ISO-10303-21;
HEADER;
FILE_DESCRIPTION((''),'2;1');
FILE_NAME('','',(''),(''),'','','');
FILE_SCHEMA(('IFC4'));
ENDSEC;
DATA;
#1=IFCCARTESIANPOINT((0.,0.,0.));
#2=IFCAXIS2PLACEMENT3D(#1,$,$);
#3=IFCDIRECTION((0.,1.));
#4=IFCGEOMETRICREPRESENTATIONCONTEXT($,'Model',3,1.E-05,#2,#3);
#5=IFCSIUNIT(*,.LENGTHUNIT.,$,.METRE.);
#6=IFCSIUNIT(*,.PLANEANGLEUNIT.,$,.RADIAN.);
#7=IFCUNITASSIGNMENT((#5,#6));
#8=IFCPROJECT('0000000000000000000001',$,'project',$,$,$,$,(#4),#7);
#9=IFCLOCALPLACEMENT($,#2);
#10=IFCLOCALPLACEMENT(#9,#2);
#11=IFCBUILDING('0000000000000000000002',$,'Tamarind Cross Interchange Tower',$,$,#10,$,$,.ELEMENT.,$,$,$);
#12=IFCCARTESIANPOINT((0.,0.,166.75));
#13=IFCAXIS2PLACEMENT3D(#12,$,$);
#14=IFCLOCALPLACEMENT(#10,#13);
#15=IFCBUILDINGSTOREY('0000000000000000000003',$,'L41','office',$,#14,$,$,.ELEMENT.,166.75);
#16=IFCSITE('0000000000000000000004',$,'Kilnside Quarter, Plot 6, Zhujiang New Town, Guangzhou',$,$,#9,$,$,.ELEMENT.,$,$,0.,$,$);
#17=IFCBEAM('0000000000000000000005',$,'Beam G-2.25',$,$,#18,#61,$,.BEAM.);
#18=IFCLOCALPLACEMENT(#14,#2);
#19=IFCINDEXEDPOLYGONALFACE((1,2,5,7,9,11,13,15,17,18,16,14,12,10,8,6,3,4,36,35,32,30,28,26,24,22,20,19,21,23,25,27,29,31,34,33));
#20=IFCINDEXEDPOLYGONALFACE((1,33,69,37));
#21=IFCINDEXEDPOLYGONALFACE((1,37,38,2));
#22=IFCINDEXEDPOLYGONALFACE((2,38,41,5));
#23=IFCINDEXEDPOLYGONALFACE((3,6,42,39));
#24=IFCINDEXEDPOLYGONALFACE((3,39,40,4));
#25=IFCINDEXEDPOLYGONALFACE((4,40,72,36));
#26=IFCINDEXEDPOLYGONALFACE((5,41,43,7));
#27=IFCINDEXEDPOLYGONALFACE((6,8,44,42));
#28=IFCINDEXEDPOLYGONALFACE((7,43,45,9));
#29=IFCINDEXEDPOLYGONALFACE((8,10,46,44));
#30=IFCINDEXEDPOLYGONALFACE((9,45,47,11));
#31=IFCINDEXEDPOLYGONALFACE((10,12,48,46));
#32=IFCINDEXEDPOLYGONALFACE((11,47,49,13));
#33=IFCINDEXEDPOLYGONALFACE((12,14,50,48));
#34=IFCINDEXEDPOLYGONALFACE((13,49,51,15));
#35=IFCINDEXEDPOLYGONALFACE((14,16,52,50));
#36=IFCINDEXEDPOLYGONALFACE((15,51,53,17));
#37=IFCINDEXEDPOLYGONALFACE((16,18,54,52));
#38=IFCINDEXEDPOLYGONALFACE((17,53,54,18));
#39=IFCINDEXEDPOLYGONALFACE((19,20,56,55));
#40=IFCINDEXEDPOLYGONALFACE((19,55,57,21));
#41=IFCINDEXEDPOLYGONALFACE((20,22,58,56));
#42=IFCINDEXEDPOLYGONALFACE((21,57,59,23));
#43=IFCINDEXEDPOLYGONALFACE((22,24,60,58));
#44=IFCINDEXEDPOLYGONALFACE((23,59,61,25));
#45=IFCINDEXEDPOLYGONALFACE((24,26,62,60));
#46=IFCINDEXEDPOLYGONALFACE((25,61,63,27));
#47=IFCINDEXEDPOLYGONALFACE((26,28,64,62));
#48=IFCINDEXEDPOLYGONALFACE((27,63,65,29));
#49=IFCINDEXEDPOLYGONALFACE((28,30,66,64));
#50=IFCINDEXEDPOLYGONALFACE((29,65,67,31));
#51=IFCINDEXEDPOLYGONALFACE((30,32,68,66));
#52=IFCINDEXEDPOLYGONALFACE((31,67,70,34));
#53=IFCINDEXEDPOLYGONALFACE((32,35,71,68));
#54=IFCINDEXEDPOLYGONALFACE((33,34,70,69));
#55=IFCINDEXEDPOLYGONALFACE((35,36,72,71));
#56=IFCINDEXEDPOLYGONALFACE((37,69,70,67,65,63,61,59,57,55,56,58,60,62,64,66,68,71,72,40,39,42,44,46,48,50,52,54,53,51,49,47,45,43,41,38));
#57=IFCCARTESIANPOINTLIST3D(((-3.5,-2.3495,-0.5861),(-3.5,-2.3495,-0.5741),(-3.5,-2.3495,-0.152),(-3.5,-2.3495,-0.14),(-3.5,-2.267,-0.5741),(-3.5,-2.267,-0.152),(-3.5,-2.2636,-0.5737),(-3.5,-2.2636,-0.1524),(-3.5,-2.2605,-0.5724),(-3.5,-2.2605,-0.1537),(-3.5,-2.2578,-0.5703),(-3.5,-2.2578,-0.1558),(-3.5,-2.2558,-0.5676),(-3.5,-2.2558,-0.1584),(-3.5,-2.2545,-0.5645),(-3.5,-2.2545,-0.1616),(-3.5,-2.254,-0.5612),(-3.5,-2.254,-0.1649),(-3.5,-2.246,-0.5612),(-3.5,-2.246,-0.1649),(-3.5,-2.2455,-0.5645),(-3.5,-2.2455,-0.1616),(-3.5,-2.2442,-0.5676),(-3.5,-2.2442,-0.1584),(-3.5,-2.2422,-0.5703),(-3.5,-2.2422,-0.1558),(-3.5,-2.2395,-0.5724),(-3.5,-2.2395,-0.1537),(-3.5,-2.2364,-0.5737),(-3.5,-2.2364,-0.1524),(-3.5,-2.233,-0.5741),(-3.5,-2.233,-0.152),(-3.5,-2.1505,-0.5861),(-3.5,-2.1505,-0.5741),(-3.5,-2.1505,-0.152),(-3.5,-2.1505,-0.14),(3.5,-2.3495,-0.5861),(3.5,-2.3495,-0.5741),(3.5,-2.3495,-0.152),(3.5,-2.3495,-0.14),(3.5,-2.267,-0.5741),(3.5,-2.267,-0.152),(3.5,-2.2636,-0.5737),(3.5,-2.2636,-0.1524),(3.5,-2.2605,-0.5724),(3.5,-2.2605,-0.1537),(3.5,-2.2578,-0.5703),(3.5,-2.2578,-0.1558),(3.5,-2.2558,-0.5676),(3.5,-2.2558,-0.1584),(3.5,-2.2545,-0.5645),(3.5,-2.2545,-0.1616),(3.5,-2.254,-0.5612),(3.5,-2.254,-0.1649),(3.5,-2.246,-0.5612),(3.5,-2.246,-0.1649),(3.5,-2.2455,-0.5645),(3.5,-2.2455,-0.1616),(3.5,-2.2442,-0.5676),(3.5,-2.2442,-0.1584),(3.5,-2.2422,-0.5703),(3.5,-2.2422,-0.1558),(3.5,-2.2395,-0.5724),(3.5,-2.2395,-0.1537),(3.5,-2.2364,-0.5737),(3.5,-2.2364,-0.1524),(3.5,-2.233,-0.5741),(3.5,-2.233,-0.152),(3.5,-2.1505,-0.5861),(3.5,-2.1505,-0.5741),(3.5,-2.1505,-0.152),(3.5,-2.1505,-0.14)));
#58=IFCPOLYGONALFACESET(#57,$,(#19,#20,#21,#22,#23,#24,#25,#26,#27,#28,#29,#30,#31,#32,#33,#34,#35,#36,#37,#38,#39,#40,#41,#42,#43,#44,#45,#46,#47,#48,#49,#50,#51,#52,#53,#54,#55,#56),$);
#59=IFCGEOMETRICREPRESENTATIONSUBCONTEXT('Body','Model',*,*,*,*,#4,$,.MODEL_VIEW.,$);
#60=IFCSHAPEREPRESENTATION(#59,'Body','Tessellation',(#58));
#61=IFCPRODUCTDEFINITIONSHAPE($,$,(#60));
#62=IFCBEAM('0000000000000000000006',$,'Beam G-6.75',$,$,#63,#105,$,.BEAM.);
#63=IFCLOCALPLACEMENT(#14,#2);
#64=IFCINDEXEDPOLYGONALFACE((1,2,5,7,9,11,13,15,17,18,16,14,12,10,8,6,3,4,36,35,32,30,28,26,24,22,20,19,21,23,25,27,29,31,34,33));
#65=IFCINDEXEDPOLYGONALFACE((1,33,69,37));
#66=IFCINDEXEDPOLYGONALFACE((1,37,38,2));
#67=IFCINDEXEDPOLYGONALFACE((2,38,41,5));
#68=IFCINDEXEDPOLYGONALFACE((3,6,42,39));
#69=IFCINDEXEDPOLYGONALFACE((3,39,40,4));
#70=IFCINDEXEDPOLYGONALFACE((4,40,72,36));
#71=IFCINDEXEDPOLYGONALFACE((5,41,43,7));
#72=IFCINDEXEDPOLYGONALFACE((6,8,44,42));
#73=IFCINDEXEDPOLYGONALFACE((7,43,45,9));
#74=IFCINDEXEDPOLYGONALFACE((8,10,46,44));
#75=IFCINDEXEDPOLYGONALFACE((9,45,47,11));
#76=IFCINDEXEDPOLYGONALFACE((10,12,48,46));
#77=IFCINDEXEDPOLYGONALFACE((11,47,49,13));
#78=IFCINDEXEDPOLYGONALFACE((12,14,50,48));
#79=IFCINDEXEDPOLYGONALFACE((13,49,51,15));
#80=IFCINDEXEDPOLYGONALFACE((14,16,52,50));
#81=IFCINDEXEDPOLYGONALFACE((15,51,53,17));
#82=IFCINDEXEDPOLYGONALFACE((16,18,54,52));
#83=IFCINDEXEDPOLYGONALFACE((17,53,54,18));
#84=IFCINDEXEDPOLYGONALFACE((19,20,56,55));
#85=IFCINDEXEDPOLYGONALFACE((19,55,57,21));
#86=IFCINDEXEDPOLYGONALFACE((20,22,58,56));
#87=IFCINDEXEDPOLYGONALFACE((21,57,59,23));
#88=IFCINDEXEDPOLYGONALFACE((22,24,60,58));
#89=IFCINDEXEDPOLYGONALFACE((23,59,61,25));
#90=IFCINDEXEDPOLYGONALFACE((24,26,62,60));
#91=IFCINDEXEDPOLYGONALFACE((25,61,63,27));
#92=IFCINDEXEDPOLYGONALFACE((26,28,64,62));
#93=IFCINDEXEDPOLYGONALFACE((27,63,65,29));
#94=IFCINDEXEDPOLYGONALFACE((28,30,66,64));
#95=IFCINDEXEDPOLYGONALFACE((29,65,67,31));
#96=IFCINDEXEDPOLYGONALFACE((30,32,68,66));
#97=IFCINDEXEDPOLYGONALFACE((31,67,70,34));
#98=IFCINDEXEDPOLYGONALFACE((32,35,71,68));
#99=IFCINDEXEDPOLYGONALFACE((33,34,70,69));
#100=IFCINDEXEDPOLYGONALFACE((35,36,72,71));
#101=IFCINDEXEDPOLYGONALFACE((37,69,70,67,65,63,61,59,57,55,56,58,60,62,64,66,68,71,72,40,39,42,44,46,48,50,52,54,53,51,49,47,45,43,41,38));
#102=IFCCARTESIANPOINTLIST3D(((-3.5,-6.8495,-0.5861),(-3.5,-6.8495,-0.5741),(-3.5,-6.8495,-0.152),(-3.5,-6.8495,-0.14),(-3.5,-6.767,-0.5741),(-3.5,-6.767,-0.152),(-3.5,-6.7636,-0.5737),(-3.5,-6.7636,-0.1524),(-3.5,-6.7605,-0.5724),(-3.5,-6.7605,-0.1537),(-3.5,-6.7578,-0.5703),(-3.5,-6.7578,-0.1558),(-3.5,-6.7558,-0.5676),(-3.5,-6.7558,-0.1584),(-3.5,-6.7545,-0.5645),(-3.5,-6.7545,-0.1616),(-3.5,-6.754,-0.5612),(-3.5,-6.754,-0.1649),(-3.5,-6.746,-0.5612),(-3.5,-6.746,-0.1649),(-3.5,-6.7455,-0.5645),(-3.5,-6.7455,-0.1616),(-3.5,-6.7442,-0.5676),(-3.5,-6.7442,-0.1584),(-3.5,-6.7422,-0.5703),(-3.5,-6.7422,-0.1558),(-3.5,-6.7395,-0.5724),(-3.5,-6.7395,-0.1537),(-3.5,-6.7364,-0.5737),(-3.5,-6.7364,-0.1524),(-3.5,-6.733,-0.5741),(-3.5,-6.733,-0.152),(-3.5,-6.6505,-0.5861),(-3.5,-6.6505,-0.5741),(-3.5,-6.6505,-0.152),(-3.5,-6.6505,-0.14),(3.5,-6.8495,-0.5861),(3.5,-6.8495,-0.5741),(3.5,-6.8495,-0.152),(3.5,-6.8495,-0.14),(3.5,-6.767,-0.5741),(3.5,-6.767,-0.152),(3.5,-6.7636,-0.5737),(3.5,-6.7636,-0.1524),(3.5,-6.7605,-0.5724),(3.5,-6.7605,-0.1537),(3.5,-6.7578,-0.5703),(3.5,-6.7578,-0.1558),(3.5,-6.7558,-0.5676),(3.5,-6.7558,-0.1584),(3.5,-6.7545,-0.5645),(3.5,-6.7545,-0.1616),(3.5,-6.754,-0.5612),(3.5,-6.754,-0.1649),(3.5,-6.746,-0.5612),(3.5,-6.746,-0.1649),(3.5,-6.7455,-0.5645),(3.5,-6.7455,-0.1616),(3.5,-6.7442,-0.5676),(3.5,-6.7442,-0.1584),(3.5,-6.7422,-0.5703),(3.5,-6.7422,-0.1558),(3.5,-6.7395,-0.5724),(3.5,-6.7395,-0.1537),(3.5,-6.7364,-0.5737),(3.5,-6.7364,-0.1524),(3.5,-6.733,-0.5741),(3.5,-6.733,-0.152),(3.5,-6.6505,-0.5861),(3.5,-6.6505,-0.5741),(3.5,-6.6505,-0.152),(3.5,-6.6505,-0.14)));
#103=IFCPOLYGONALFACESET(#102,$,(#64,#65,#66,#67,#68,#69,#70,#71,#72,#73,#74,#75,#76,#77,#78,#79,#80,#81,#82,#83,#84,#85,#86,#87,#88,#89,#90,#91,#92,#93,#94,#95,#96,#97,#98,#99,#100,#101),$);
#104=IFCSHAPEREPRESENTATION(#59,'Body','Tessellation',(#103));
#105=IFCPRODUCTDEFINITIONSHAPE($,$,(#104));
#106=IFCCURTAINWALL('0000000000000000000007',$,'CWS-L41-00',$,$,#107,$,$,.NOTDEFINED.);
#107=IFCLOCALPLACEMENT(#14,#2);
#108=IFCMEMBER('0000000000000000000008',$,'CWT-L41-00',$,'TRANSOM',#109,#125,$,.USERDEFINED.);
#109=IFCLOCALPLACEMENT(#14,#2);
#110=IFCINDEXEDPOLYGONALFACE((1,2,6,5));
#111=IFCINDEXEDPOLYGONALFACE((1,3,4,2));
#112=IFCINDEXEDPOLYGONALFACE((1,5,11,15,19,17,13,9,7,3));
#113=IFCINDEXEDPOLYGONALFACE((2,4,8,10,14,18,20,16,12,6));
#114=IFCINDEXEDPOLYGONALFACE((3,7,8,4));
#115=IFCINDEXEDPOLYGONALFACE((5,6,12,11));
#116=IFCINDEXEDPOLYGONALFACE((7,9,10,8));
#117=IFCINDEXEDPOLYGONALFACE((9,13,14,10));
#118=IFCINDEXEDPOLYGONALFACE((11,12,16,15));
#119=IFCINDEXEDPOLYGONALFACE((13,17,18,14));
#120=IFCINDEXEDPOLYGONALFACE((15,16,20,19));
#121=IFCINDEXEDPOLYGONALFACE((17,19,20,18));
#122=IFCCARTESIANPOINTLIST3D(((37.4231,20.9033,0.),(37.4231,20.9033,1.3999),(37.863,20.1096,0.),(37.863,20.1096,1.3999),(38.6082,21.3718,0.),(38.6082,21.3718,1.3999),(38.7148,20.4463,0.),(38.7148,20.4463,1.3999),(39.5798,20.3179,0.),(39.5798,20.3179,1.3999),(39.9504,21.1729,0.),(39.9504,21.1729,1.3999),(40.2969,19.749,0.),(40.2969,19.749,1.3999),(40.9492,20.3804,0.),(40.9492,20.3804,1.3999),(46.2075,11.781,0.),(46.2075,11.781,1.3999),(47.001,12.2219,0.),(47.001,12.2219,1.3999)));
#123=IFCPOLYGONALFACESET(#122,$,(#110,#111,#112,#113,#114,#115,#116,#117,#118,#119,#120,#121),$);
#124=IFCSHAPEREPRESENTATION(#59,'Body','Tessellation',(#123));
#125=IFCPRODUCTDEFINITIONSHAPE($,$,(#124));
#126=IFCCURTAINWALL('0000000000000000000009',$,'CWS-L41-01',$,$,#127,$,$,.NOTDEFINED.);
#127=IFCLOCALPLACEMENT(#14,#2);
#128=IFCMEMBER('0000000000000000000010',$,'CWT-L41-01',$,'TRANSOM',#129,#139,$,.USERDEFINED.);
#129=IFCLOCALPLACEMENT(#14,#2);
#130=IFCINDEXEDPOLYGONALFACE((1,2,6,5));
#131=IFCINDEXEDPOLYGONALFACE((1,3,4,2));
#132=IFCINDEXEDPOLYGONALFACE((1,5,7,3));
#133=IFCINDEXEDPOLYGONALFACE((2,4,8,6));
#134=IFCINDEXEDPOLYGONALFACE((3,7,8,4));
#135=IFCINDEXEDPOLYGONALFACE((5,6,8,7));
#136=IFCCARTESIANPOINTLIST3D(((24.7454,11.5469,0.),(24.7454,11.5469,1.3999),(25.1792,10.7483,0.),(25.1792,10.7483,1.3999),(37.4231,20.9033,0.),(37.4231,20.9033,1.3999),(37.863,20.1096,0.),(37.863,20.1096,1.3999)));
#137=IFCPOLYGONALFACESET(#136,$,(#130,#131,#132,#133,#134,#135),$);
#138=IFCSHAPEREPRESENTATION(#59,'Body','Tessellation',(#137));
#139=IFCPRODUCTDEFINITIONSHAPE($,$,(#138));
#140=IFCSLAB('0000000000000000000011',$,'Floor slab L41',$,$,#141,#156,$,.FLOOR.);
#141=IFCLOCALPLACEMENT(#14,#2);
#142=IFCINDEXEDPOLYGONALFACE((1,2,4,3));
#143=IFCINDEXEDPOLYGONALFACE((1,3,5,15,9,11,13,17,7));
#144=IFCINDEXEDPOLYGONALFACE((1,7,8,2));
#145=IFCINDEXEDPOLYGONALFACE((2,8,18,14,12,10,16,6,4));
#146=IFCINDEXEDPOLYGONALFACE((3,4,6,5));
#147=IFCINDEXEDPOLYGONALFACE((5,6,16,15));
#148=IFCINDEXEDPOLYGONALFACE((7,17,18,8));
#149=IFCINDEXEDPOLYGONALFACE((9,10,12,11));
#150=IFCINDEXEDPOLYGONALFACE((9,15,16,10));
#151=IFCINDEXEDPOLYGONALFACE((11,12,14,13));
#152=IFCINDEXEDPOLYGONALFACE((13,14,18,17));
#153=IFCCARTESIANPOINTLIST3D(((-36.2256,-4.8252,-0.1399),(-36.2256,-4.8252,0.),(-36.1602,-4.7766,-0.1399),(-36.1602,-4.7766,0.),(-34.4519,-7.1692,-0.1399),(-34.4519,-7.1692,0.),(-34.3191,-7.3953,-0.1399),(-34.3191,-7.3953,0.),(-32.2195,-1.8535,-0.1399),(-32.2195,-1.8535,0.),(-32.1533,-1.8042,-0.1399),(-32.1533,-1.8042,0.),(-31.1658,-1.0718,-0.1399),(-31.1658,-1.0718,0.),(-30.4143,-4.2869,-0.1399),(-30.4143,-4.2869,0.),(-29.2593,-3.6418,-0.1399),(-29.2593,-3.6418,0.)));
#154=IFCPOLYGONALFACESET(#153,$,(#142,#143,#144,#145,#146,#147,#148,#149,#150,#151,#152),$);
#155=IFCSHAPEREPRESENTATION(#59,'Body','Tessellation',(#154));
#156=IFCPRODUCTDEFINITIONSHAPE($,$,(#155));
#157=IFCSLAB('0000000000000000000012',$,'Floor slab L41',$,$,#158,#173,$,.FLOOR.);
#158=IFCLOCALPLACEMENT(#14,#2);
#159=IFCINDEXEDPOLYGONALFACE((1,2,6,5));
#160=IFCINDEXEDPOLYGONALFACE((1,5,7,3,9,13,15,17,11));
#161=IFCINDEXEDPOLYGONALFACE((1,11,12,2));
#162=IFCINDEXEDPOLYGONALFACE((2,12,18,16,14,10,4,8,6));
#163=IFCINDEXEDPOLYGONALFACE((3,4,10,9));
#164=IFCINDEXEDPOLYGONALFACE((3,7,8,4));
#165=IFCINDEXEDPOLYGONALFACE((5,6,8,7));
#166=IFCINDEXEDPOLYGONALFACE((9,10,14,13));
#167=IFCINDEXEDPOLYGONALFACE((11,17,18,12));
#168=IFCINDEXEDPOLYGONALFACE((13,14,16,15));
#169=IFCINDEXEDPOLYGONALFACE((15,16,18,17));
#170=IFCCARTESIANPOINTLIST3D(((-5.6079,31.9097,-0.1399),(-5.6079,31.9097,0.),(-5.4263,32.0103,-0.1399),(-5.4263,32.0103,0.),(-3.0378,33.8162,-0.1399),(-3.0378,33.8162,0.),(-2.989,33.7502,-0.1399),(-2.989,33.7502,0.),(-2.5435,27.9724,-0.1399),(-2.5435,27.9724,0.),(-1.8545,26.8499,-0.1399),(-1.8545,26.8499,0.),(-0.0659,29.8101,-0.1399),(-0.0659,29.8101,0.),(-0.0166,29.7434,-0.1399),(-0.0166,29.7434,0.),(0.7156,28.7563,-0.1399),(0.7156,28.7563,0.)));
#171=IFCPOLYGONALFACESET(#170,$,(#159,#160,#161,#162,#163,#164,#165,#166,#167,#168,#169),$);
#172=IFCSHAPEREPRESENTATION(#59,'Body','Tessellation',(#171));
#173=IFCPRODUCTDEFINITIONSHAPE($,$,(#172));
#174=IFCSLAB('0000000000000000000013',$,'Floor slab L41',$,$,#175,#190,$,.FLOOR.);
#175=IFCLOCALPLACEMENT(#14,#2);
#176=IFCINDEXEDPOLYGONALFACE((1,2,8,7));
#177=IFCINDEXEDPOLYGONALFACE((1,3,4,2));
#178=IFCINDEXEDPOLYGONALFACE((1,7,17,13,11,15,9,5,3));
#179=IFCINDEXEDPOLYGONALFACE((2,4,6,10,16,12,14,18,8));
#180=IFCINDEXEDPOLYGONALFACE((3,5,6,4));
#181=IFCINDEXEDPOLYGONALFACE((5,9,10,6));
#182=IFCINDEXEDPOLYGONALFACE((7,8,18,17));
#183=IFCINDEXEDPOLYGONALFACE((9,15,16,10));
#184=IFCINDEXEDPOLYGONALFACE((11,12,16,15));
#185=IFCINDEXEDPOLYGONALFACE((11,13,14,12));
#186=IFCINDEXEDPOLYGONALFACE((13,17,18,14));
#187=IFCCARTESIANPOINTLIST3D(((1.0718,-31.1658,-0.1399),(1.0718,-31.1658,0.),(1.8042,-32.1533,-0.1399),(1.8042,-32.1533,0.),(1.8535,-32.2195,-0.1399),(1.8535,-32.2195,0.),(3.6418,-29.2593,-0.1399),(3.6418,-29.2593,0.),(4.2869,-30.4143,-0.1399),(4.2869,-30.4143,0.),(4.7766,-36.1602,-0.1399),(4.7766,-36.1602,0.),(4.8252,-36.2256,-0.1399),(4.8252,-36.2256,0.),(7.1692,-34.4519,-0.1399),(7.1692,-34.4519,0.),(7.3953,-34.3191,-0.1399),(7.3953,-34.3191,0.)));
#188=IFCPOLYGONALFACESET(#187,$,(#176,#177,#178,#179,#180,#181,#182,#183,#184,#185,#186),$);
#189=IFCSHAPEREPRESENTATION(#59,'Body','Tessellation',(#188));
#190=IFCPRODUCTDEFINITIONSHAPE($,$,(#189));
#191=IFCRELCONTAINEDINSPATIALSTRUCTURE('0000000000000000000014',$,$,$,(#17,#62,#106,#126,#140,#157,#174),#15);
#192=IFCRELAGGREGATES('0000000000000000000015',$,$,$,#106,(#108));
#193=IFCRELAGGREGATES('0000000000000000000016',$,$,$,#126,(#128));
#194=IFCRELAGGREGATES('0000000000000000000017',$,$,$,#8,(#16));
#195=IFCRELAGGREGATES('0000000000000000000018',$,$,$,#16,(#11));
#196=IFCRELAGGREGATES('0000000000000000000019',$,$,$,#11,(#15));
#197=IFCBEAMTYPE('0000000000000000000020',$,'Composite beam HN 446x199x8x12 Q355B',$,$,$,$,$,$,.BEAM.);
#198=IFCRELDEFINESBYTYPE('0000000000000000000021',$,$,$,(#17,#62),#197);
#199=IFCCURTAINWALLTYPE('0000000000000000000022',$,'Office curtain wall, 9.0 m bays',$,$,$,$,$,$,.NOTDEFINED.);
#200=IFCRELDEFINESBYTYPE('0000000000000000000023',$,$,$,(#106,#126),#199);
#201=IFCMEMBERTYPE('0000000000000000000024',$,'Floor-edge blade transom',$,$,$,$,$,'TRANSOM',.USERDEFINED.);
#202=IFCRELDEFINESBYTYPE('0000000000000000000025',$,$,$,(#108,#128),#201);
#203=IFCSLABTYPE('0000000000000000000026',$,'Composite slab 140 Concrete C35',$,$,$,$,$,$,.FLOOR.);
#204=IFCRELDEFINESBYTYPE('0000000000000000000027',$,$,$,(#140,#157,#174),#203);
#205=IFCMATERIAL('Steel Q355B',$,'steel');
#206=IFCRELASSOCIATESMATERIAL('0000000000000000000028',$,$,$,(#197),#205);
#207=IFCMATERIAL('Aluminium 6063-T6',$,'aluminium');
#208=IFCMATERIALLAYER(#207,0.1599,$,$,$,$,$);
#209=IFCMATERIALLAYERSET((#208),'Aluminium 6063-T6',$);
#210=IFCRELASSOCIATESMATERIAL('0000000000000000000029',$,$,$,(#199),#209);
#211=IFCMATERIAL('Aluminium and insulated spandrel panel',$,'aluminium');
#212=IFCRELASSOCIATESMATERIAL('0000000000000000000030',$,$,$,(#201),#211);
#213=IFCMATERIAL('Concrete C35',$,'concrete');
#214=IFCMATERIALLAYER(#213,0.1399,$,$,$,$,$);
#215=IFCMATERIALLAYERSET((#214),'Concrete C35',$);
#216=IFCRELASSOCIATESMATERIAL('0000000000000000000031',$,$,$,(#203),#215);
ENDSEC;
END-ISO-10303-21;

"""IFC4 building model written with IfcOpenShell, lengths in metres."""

from ifc_helpers import new_model, si_unit, direction, frame, origin, origin_2d, place, context, subcontext, project, spatial, polyline, i_section, outline, extrude, material, layer, layer_set, material_profile, profile_set, type_object, element, aggregate, save


model = new_model("IFC4")

# Units and contexts
model_context = context("Model", 3, precision=1e-05, world=origin(), true_north=direction((0.0, 1.0)))
body_context = subcontext(model_context, "Body", "Model", "MODEL_VIEW")
ifc_project = project(units=[si_unit("LENGTHUNIT", "METRE"), si_unit("PLANEANGLEUNIT", "RADIAN")], contexts=[model_context])

# Site, building, storey
site_placement = place(None, origin())
site = spatial("IfcSite", under=ifc_project, at=site_placement, Name="Kilnside Quarter, Plot 6, Zhujiang New Town, Guangzhou", CompositionType="ELEMENT", RefElevation=0.0)
building_placement = place(site_placement, origin())
building = spatial("IfcBuilding", under=site, at=building_placement, Name="Tamarind Cross Interchange Tower", CompositionType="ELEMENT")
storey_placement = place(building_placement, frame((0.0, 0.0, 166.75)))
storey = spatial("IfcBuildingStorey", under=building, at=storey_placement, Name="L41", Description="office", CompositionType="ELEMENT", Elevation=166.75)

# Beams
ifc_material_1 = material(Name="Steel Q355B", Category="steel")
ifc_material_profile = material_profile(ifc_material_1, i_section(OverallWidth=0.199, OverallDepth=0.446, WebThickness=0.0081, FlangeThickness=0.012, FilletRadius=0.0129, at=origin_2d()), Name="HN 446x199x8x12")
ifc_profile_set = profile_set([ifc_material_profile], Name="Steel Q355B")
beam_type = type_object("IfcBeamType", Name="Composite beam HN 446x199x8x12 Q355B", PredefinedType="BEAM", material=ifc_profile_set)
for number, where, z_axis, x_axis, name in (
    (1, (-3.5, -2.25, -0.363), (1.0, 0.0, 0.0), (0.0, 1.0, 0.0), "Beam G-2.25"),
    (2, (-3.5, -6.75, -0.363), (1.0, 0.0, 0.0), (0.0, 1.0, 0.0), "Beam G-6.75"),
):
    element("IfcBeam", number, at=place(storey_placement, frame(where, z_axis=z_axis, x_axis=x_axis)), inside=storey, type_object=beam_type, Name=name, PredefinedType="BEAM", context=body_context, shape_type="SweptSolid", body=[
        extrude(i_section(OverallWidth=0.199, OverallDepth=0.446, WebThickness=0.0081, FlangeThickness=0.012, FilletRadius=0.0129, at=origin_2d()), origin(), (0.0, 0.0, 1.0), 7.0),
    ])

# Curtain walls, members
ifc_material_2 = material(Name="Aluminium 6063-T6", Category="aluminium")
ifc_layer_1 = layer(ifc_material_2, 0.1599)
ifc_layer_set_1 = layer_set([ifc_layer_1], Name="Aluminium 6063-T6")
curtain_wall_type = type_object("IfcCurtainWallType", Name="Office curtain wall, 9.0 m bays", PredefinedType="NOTDEFINED", material=ifc_layer_set_1)
curtain_wall_1_placement = place(storey_placement, origin())
curtain_wall_1 = element("IfcCurtainWall", 3, at=curtain_wall_1_placement, inside=storey, type_object=curtain_wall_type, Name="CWS-L41-00", PredefinedType="NOTDEFINED")
ifc_material_3 = material(Name="Aluminium and insulated spandrel panel", Category="aluminium")
member_type = type_object("IfcMemberType", Name="Floor-edge blade transom", ElementType="TRANSOM", PredefinedType="USERDEFINED", material=ifc_material_3)
member_1_placement = place(storey_placement, origin())
member_1 = element("IfcMember", 4, at=member_1_placement, type_object=member_type, Name="CWT-L41-00", ObjectType="TRANSOM", PredefinedType="USERDEFINED", context=body_context, shape_type="SweptSolid", body=[
    extrude(outline(polyline([(46.2075, 11.781), (40.2969, 19.749), (39.5798, 20.3179), (38.7148, 20.4463), (37.863, 20.1096), (37.4231, 20.9033), (38.6082, 21.3718), (39.9504, 21.1729), (40.9492, 20.3804), (47.001, 12.2219), (46.2075, 11.781)])), origin(), (0.0, 0.0, 1.0), 1.3999),
])
curtain_wall_2_placement = place(storey_placement, origin())
curtain_wall_2 = element("IfcCurtainWall", 5, at=curtain_wall_2_placement, inside=storey, type_object=curtain_wall_type, Name="CWS-L41-01", PredefinedType="NOTDEFINED")
member_2_placement = place(storey_placement, origin())
member_2 = element("IfcMember", 6, at=member_2_placement, type_object=member_type, Name="CWT-L41-01", ObjectType="TRANSOM", PredefinedType="USERDEFINED", context=body_context, shape_type="SweptSolid", body=[
    extrude(outline(polyline([(37.863, 20.1096), (25.1792, 10.7483), (24.7454, 11.5469), (37.4231, 20.9033), (37.863, 20.1096)])), origin(), (0.0, 0.0, 1.0), 1.3999),
])

# Slabs
ifc_material_4 = material(Name="Concrete C35", Category="concrete")
ifc_layer_2 = layer(ifc_material_4, 0.1399)
ifc_layer_set_2 = layer_set([ifc_layer_2], Name="Concrete C35")
slab_type = type_object("IfcSlabType", Name="Composite slab 140 Concrete C35", PredefinedType="FLOOR", material=ifc_layer_set_2)
slab_1_placement = place(storey_placement, frame((0.0, 0.0, -0.1399)))
element("IfcSlab", 7, at=slab_1_placement, inside=storey, type_object=slab_type, Name="Floor slab L41", PredefinedType="FLOOR", context=body_context, shape_type="SweptSolid", body=[
    extrude(outline(polyline([(-36.2256, -4.8252), (-34.3191, -7.3953), (-29.2593, -3.6418), (-31.1658, -1.0718), (-32.1533, -1.8042), (-32.2195, -1.8535), (-30.4143, -4.2869), (-34.4519, -7.1692), (-36.1602, -4.7766), (-36.2256, -4.8252)])), origin(), (0.0, 0.0, 1.0), 0.1399),
])
slab_2_placement = place(storey_placement, frame((0.0, 0.0, -0.1399)))
element("IfcSlab", 8, at=slab_2_placement, inside=storey, type_object=slab_type, Name="Floor slab L41", PredefinedType="FLOOR", context=body_context, shape_type="SweptSolid", body=[
    extrude(outline(polyline([(-1.8545, 26.8499), (0.7156, 28.7563), (-0.0166, 29.7434), (-0.0659, 29.8101), (-2.5435, 27.9724), (-5.4263, 32.0103), (-2.989, 33.7502), (-3.0378, 33.8162), (-5.6079, 31.9097), (-1.8545, 26.8499)])), origin(), (0.0, 0.0, 1.0), 0.1399),
])
slab_3_placement = place(storey_placement, frame((0.0, 0.0, -0.1399)))
element("IfcSlab", 9, at=slab_3_placement, inside=storey, type_object=slab_type, Name="Floor slab L41", PredefinedType="FLOOR", context=body_context, shape_type="SweptSolid", body=[
    extrude(outline(polyline([(4.8252, -36.2256), (7.3953, -34.3191), (3.6418, -29.2593), (1.0718, -31.1658), (1.8042, -32.1533), (1.8535, -32.2195), (4.2869, -30.4143), (7.1692, -34.4519), (4.7766, -36.1602), (4.8252, -36.2256)])), origin(), (0.0, 0.0, 1.0), 0.1399),
])

aggregate(curtain_wall_1, [member_1])
aggregate(curtain_wall_2, [member_2])

save(model, "model.ifc")
